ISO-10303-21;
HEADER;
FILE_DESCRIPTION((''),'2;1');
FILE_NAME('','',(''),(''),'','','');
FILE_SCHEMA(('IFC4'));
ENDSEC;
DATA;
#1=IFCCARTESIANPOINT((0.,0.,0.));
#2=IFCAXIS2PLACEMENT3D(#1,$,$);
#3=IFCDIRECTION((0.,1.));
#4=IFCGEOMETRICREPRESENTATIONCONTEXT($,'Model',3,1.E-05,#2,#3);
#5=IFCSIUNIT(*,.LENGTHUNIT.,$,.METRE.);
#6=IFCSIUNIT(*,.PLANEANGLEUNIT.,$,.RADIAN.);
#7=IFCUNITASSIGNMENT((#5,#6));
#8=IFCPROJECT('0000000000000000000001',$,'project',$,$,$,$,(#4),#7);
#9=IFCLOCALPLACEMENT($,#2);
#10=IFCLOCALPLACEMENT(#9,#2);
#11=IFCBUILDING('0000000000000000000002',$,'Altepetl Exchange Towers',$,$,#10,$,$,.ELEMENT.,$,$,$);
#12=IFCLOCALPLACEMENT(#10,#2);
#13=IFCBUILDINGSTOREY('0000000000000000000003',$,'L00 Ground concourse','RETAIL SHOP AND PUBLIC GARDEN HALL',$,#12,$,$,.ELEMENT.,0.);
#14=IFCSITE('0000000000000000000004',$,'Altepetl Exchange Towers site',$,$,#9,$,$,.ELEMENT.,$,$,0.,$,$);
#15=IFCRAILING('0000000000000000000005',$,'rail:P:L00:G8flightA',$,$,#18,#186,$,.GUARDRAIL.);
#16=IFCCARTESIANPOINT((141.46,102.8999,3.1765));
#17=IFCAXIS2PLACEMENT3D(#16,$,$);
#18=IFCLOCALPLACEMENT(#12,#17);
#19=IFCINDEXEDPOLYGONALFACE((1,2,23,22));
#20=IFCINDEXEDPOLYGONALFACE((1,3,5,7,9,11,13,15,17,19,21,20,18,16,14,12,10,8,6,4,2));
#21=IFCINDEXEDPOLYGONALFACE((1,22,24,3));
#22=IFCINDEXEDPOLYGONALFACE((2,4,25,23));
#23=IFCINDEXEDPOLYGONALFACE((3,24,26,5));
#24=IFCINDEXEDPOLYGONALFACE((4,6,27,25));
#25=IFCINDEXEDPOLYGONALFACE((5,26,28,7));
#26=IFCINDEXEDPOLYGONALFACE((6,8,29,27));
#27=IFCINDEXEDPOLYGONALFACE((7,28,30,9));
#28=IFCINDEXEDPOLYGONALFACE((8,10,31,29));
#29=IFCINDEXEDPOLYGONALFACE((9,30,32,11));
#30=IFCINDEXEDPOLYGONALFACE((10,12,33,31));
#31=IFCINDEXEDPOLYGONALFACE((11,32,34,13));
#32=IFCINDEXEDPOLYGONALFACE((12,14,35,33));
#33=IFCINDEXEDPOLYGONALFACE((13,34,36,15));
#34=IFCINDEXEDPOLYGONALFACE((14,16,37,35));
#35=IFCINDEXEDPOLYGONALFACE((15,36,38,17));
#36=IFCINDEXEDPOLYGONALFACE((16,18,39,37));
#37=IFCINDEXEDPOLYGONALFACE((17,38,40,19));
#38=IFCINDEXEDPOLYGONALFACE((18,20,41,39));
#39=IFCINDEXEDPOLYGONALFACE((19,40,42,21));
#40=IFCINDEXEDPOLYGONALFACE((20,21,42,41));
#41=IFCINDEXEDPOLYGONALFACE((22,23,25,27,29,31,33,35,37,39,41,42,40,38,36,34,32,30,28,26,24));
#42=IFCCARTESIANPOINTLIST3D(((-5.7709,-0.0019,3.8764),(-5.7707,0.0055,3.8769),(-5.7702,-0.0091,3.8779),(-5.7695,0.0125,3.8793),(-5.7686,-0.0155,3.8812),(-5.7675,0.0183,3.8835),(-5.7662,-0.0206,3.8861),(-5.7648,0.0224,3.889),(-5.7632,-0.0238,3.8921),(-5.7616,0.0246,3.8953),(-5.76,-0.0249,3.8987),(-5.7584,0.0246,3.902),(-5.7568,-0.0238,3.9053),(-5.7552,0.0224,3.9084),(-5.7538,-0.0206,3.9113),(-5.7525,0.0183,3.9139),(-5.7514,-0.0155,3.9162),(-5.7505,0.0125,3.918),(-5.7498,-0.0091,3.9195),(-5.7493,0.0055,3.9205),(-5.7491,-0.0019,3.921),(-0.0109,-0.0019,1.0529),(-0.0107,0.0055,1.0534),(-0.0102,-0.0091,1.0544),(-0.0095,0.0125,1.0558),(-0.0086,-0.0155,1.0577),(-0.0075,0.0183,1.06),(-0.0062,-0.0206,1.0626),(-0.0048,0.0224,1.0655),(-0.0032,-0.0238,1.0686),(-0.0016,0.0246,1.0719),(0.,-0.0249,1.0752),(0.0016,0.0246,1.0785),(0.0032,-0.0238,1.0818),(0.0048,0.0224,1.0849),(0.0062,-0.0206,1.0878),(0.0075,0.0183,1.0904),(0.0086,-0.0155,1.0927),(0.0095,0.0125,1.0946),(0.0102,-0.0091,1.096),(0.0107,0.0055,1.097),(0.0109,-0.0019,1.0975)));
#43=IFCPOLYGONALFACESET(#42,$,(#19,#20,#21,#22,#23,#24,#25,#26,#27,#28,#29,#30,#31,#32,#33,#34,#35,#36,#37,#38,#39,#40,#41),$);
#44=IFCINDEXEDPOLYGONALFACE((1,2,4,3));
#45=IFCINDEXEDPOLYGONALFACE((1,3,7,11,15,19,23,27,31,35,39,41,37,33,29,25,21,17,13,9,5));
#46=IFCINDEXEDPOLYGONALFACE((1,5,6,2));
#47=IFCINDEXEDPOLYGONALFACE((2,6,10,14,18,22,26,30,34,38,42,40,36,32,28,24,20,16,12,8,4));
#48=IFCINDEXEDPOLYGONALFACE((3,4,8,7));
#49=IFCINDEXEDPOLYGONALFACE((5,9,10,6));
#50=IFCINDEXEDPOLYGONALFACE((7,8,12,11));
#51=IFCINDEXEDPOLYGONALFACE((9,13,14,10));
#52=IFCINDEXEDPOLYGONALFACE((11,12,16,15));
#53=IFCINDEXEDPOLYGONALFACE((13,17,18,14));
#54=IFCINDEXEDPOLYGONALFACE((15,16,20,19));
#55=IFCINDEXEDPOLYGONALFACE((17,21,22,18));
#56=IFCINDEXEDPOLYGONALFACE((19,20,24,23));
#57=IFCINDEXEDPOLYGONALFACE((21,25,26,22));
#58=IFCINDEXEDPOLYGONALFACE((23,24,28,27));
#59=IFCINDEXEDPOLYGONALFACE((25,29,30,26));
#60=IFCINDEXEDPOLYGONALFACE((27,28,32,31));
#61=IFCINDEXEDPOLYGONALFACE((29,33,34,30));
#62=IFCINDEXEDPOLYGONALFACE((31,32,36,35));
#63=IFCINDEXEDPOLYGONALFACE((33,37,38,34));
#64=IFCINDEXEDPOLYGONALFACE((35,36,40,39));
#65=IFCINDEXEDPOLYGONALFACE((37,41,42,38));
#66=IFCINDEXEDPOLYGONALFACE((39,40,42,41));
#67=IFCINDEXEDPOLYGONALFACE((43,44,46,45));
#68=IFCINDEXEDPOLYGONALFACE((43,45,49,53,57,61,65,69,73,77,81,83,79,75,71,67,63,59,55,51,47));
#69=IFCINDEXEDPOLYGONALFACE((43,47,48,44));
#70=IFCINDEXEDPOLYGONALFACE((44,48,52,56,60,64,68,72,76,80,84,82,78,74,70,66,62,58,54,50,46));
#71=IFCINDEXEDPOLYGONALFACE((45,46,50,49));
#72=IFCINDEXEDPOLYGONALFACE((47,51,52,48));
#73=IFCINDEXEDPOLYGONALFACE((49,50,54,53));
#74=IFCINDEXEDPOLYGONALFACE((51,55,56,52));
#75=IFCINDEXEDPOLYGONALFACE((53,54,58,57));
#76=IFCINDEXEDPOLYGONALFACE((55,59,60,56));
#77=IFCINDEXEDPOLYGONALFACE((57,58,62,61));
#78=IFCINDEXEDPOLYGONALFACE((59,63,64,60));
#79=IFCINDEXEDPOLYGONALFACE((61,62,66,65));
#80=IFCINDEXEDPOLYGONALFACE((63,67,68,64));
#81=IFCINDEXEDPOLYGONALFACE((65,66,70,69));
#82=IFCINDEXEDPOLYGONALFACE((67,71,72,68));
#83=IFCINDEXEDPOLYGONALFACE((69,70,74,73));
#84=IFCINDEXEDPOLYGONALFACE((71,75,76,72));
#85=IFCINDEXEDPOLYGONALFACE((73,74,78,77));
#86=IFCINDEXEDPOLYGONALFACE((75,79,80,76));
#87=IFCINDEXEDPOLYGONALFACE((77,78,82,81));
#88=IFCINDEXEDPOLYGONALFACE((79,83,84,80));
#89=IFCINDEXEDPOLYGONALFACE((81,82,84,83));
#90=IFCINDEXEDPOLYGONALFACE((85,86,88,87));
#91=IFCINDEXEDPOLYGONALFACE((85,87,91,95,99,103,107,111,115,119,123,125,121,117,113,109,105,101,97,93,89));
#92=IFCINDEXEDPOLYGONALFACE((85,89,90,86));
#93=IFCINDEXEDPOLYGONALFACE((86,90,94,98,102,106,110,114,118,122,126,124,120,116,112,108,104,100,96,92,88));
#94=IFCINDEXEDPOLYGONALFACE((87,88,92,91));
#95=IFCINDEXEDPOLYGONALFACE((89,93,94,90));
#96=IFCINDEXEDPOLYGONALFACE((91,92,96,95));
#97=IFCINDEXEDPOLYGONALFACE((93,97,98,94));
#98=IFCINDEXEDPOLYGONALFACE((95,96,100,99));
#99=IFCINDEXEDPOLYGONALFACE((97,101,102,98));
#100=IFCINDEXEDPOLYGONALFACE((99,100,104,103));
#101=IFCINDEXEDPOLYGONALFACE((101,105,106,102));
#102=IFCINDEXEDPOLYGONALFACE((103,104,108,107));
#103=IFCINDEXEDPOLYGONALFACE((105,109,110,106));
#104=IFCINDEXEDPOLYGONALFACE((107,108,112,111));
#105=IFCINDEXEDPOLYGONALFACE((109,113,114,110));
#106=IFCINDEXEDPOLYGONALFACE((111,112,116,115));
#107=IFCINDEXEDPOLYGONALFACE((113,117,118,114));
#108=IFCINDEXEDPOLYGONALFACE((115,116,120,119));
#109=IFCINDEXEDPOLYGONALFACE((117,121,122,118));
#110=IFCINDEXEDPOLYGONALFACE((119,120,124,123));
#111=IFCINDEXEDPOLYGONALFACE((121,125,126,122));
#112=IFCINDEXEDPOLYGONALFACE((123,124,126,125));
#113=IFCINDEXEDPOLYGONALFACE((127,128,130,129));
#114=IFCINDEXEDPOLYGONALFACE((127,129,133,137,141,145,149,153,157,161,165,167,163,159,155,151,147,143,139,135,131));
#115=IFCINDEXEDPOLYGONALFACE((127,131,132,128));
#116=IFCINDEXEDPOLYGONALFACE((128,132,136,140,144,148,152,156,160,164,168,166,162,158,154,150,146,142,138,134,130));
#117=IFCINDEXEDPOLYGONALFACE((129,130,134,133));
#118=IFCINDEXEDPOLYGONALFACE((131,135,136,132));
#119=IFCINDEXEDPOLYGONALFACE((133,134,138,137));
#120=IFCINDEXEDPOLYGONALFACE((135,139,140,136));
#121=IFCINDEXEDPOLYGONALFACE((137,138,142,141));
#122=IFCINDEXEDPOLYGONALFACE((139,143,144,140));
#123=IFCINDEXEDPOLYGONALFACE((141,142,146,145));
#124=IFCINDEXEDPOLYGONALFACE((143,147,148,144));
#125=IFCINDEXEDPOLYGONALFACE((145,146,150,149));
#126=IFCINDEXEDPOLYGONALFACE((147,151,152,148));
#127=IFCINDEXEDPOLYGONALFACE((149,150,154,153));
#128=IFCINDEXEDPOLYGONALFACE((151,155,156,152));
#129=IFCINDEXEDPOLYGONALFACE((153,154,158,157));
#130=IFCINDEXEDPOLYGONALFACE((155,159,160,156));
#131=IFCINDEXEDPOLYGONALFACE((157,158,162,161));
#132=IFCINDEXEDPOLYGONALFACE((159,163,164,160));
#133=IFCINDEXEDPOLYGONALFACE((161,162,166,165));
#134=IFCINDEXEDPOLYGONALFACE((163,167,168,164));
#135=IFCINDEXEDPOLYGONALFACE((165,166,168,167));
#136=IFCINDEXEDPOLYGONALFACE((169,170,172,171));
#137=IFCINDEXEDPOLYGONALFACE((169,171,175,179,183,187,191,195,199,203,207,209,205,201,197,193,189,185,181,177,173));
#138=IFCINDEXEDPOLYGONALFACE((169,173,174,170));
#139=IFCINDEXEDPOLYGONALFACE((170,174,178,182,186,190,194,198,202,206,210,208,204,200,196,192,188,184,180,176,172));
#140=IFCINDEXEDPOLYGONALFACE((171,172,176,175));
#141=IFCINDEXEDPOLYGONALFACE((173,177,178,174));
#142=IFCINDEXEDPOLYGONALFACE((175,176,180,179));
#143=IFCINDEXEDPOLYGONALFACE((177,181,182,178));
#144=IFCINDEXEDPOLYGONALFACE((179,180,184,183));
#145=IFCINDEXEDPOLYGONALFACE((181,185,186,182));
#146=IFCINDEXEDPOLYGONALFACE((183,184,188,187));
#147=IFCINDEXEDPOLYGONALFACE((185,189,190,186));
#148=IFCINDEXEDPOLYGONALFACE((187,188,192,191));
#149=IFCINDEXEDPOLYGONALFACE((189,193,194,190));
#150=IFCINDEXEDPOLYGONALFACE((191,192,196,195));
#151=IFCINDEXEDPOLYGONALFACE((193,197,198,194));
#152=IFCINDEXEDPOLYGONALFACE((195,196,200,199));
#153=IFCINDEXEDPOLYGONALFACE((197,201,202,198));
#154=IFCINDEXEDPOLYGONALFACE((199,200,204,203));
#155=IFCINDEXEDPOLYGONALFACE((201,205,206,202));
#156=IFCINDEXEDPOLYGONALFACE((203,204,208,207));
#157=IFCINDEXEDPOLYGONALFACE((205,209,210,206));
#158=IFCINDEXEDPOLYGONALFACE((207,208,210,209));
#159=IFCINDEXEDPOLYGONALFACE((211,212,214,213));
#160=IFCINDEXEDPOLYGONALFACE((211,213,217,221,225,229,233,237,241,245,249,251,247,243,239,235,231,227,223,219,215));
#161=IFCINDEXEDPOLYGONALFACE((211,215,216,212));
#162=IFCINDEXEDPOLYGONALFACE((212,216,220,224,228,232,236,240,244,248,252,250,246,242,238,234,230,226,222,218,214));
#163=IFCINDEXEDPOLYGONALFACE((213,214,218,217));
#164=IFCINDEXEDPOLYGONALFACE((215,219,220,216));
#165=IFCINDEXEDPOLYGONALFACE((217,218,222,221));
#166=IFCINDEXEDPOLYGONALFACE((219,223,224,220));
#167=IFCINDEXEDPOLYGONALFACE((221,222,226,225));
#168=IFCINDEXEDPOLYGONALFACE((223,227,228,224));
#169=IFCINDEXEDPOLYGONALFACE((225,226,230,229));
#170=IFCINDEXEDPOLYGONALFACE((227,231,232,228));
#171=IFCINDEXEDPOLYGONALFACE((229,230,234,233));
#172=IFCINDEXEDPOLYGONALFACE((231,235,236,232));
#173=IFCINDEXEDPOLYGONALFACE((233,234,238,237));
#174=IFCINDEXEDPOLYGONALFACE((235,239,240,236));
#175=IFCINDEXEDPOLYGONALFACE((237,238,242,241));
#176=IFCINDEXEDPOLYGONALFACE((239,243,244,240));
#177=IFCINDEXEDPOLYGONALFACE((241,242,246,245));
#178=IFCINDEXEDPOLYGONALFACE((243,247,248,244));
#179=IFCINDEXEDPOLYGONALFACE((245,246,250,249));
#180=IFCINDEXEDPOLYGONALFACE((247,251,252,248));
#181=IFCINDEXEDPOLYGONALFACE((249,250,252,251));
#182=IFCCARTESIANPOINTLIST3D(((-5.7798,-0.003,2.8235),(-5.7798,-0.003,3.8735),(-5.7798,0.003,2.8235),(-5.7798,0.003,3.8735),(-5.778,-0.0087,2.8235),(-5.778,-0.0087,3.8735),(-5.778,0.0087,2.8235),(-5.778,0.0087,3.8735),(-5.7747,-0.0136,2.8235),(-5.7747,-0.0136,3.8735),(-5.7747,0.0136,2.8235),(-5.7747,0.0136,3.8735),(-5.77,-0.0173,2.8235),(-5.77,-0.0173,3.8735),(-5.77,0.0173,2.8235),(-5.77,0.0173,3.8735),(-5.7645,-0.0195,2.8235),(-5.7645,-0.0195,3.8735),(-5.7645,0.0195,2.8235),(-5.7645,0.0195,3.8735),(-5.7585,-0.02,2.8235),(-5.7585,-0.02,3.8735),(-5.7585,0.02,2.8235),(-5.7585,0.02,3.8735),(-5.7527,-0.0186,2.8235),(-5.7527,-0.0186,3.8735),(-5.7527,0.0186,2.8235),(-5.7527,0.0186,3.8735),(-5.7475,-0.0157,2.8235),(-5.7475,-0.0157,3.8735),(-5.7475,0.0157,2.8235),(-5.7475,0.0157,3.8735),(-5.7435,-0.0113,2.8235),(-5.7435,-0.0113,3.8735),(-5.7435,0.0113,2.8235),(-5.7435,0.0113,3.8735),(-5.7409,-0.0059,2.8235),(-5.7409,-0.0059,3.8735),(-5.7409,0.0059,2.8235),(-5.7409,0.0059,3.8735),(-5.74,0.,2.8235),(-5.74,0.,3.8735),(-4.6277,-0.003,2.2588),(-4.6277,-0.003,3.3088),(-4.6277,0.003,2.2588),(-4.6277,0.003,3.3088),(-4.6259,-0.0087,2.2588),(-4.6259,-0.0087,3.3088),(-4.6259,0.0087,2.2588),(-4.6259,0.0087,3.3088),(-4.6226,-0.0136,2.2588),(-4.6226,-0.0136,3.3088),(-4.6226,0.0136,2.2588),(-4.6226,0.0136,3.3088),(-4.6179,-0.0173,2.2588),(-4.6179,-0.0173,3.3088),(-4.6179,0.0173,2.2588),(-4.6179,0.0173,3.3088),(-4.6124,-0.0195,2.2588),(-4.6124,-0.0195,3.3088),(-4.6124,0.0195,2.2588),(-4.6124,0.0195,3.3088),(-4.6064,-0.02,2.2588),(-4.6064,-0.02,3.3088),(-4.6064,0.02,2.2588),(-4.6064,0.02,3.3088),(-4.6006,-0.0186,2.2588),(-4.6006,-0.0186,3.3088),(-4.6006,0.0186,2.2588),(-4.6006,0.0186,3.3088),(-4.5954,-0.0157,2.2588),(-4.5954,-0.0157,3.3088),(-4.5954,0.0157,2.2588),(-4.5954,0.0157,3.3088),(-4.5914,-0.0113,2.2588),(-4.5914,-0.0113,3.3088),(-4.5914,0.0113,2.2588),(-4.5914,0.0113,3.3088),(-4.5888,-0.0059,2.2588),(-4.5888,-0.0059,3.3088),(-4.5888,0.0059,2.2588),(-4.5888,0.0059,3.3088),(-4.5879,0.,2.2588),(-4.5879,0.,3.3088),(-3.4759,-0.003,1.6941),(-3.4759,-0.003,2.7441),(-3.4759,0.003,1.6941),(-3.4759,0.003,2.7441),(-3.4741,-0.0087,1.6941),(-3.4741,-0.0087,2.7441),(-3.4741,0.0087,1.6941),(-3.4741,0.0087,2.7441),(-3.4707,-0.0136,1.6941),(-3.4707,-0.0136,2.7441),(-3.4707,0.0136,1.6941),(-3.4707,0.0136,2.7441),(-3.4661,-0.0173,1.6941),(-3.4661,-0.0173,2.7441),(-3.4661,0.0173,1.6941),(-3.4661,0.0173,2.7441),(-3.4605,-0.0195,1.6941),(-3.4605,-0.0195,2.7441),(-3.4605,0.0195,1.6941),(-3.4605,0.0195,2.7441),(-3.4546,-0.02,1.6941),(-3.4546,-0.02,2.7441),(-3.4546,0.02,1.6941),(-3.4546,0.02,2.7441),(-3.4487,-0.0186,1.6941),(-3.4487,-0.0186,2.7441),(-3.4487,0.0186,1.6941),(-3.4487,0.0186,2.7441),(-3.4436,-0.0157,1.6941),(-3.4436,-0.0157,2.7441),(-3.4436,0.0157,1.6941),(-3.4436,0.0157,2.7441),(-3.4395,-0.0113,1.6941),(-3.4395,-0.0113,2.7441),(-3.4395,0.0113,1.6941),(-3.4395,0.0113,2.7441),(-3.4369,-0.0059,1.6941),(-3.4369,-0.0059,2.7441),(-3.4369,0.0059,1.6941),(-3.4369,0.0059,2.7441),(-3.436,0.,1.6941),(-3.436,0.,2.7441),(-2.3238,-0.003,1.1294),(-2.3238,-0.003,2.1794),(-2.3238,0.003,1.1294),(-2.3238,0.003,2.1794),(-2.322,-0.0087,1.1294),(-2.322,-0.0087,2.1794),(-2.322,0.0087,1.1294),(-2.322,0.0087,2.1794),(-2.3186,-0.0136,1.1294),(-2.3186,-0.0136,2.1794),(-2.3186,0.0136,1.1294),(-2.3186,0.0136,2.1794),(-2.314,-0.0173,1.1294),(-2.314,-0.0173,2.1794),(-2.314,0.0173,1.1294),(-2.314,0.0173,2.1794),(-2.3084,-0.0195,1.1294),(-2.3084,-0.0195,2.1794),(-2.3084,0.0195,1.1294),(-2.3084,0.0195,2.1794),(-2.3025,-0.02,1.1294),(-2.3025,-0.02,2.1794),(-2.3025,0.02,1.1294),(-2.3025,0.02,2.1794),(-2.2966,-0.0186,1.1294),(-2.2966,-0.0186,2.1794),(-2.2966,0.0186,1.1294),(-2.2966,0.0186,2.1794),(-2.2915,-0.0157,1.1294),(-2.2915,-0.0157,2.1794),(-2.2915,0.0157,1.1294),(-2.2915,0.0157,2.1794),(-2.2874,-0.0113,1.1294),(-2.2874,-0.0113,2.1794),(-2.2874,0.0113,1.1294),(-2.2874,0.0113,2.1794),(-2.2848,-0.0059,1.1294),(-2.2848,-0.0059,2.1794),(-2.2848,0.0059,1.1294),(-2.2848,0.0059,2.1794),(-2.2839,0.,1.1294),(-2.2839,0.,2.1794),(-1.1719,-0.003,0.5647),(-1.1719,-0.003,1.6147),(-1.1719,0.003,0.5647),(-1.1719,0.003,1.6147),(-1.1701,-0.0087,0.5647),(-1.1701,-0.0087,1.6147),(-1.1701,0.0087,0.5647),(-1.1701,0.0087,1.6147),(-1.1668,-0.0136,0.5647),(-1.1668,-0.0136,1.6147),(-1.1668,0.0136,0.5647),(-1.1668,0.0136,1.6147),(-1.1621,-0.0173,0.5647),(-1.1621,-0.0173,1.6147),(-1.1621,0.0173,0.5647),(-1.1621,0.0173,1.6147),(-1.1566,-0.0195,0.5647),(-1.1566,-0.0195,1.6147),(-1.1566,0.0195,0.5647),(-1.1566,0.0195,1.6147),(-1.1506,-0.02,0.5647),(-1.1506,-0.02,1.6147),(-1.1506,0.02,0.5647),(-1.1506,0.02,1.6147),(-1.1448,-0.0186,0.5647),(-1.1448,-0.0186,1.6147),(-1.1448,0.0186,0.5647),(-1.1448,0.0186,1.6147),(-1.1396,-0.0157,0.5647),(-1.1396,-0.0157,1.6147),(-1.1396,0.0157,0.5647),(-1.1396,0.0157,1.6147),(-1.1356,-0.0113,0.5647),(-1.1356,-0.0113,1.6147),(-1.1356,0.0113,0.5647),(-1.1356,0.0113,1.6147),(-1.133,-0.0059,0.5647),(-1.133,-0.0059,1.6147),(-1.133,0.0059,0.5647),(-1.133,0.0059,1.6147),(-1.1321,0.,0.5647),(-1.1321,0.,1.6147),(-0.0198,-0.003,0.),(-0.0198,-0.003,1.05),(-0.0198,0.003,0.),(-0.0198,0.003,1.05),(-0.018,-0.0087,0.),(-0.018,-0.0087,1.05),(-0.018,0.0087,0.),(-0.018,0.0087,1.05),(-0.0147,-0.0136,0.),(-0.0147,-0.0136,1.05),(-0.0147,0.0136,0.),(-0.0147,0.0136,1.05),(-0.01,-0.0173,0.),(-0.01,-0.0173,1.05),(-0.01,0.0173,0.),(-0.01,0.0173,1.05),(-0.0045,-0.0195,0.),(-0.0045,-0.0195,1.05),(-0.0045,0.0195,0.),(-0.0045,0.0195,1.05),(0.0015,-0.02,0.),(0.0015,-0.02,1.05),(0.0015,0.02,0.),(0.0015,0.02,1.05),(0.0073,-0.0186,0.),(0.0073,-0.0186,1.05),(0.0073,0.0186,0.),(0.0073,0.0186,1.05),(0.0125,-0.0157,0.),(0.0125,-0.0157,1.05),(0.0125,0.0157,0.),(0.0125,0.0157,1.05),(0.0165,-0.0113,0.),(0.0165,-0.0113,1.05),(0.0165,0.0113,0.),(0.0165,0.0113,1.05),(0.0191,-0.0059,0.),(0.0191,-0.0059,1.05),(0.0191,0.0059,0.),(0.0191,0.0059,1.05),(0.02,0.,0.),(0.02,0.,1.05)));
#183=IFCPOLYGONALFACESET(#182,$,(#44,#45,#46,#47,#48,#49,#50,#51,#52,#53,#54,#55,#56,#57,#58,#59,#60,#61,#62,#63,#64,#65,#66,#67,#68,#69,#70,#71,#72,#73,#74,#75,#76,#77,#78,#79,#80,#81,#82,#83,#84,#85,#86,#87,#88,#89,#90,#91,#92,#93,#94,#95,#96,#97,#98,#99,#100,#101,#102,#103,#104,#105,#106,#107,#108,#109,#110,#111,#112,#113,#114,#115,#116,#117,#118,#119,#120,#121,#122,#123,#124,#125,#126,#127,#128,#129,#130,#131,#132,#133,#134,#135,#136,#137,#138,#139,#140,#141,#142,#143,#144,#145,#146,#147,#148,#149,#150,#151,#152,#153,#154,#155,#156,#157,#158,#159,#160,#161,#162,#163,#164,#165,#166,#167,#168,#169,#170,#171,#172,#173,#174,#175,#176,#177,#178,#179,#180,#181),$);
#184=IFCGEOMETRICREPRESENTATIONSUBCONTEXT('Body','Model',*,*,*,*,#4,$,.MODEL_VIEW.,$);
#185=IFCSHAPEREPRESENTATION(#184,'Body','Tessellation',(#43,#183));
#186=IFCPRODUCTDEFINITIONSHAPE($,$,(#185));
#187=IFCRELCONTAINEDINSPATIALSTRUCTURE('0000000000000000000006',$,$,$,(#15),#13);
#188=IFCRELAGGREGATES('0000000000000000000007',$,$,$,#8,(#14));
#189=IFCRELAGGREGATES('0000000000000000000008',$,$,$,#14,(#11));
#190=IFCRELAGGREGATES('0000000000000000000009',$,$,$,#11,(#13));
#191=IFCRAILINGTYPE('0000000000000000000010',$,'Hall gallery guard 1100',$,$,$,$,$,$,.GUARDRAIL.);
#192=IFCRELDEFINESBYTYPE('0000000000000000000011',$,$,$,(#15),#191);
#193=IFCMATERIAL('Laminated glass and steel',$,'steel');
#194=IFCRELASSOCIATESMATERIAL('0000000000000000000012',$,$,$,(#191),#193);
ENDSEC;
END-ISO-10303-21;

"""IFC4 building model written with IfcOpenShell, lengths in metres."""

from ifc_helpers import new_model, si_unit, direction, frame, origin, origin_2d, place, context, subcontext, project, spatial, circle, extrude, source, transform, mapped, material, type_object, element, save


model = new_model("IFC4")

# Units and contexts
model_context = context("Model", 3, precision=1e-05, world=origin(), true_north=direction((0.0, 1.0)))
body_context = subcontext(model_context, "Body", "Model", "MODEL_VIEW")
ifc_project = project(units=[si_unit("LENGTHUNIT", "METRE"), si_unit("PLANEANGLEUNIT", "RADIAN")], contexts=[model_context])

# Site, building, storey
site_placement = place(None, origin())
site = spatial("IfcSite", under=ifc_project, at=site_placement, Name="Altepetl Exchange Towers site", CompositionType="ELEMENT", RefElevation=0.0)
building_placement = place(site_placement, origin())
building = spatial("IfcBuilding", under=site, at=building_placement, Name="Altepetl Exchange Towers", CompositionType="ELEMENT")
storey_placement = place(building_placement, origin())
storey = spatial("IfcBuildingStorey", under=building, at=storey_placement, Name="L00 Ground concourse", Description="RETAIL SHOP AND PUBLIC GARDEN HALL", CompositionType="ELEMENT", Elevation=0.0)

# Railing
ifc_material_1 = material(Name="Laminated glass and steel", Category="steel")
railing_type_1 = type_object("IfcRailingType", Name="Hall gallery guard 1100", PredefinedType="GUARDRAIL", material=ifc_material_1)
shared_shape_1 = source(origin(), body_context, "Body", "SweptSolid", [
    extrude(circle(Radius=0.02, at=origin_2d()), origin(), (0.0, 0.0, 1.0), 1.05),
])
for number, where, name in (
    (1, (141.46, 102.8999, 3.1765), "rail:P:L00:G8flightA"),
):
    element("IfcRailing", number, at=place(storey_placement, frame(where)), inside=storey, type_object=railing_type_1, Name=name, PredefinedType="GUARDRAIL", context=body_context, shape_type="SweptSolid", body=[
        extrude(circle(Radius=0.0249, at=origin_2d()), frame((0.0, 0.0, 1.0752), z_axis=(-0.897924, 0.0, 0.440151), x_axis=(0.0, -1.0, 0.0)), (0.0, 0.0, 1.0), 6.4148),
        mapped(shared_shape_1, transform((0.0, 0.0, 0.0))),
        mapped(shared_shape_1, transform((-1.1521, 0.0, 0.5647))),
        mapped(shared_shape_1, transform((-2.304, 0.0, 1.1294))),
        mapped(shared_shape_1, transform((-3.4561, 0.0, 1.6941))),
        mapped(shared_shape_1, transform((-4.6079, 0.0, 2.2588))),
        mapped(shared_shape_1, transform((-5.76, 0.0, 2.8235))),
    ])

save(model, "model.ifc")
